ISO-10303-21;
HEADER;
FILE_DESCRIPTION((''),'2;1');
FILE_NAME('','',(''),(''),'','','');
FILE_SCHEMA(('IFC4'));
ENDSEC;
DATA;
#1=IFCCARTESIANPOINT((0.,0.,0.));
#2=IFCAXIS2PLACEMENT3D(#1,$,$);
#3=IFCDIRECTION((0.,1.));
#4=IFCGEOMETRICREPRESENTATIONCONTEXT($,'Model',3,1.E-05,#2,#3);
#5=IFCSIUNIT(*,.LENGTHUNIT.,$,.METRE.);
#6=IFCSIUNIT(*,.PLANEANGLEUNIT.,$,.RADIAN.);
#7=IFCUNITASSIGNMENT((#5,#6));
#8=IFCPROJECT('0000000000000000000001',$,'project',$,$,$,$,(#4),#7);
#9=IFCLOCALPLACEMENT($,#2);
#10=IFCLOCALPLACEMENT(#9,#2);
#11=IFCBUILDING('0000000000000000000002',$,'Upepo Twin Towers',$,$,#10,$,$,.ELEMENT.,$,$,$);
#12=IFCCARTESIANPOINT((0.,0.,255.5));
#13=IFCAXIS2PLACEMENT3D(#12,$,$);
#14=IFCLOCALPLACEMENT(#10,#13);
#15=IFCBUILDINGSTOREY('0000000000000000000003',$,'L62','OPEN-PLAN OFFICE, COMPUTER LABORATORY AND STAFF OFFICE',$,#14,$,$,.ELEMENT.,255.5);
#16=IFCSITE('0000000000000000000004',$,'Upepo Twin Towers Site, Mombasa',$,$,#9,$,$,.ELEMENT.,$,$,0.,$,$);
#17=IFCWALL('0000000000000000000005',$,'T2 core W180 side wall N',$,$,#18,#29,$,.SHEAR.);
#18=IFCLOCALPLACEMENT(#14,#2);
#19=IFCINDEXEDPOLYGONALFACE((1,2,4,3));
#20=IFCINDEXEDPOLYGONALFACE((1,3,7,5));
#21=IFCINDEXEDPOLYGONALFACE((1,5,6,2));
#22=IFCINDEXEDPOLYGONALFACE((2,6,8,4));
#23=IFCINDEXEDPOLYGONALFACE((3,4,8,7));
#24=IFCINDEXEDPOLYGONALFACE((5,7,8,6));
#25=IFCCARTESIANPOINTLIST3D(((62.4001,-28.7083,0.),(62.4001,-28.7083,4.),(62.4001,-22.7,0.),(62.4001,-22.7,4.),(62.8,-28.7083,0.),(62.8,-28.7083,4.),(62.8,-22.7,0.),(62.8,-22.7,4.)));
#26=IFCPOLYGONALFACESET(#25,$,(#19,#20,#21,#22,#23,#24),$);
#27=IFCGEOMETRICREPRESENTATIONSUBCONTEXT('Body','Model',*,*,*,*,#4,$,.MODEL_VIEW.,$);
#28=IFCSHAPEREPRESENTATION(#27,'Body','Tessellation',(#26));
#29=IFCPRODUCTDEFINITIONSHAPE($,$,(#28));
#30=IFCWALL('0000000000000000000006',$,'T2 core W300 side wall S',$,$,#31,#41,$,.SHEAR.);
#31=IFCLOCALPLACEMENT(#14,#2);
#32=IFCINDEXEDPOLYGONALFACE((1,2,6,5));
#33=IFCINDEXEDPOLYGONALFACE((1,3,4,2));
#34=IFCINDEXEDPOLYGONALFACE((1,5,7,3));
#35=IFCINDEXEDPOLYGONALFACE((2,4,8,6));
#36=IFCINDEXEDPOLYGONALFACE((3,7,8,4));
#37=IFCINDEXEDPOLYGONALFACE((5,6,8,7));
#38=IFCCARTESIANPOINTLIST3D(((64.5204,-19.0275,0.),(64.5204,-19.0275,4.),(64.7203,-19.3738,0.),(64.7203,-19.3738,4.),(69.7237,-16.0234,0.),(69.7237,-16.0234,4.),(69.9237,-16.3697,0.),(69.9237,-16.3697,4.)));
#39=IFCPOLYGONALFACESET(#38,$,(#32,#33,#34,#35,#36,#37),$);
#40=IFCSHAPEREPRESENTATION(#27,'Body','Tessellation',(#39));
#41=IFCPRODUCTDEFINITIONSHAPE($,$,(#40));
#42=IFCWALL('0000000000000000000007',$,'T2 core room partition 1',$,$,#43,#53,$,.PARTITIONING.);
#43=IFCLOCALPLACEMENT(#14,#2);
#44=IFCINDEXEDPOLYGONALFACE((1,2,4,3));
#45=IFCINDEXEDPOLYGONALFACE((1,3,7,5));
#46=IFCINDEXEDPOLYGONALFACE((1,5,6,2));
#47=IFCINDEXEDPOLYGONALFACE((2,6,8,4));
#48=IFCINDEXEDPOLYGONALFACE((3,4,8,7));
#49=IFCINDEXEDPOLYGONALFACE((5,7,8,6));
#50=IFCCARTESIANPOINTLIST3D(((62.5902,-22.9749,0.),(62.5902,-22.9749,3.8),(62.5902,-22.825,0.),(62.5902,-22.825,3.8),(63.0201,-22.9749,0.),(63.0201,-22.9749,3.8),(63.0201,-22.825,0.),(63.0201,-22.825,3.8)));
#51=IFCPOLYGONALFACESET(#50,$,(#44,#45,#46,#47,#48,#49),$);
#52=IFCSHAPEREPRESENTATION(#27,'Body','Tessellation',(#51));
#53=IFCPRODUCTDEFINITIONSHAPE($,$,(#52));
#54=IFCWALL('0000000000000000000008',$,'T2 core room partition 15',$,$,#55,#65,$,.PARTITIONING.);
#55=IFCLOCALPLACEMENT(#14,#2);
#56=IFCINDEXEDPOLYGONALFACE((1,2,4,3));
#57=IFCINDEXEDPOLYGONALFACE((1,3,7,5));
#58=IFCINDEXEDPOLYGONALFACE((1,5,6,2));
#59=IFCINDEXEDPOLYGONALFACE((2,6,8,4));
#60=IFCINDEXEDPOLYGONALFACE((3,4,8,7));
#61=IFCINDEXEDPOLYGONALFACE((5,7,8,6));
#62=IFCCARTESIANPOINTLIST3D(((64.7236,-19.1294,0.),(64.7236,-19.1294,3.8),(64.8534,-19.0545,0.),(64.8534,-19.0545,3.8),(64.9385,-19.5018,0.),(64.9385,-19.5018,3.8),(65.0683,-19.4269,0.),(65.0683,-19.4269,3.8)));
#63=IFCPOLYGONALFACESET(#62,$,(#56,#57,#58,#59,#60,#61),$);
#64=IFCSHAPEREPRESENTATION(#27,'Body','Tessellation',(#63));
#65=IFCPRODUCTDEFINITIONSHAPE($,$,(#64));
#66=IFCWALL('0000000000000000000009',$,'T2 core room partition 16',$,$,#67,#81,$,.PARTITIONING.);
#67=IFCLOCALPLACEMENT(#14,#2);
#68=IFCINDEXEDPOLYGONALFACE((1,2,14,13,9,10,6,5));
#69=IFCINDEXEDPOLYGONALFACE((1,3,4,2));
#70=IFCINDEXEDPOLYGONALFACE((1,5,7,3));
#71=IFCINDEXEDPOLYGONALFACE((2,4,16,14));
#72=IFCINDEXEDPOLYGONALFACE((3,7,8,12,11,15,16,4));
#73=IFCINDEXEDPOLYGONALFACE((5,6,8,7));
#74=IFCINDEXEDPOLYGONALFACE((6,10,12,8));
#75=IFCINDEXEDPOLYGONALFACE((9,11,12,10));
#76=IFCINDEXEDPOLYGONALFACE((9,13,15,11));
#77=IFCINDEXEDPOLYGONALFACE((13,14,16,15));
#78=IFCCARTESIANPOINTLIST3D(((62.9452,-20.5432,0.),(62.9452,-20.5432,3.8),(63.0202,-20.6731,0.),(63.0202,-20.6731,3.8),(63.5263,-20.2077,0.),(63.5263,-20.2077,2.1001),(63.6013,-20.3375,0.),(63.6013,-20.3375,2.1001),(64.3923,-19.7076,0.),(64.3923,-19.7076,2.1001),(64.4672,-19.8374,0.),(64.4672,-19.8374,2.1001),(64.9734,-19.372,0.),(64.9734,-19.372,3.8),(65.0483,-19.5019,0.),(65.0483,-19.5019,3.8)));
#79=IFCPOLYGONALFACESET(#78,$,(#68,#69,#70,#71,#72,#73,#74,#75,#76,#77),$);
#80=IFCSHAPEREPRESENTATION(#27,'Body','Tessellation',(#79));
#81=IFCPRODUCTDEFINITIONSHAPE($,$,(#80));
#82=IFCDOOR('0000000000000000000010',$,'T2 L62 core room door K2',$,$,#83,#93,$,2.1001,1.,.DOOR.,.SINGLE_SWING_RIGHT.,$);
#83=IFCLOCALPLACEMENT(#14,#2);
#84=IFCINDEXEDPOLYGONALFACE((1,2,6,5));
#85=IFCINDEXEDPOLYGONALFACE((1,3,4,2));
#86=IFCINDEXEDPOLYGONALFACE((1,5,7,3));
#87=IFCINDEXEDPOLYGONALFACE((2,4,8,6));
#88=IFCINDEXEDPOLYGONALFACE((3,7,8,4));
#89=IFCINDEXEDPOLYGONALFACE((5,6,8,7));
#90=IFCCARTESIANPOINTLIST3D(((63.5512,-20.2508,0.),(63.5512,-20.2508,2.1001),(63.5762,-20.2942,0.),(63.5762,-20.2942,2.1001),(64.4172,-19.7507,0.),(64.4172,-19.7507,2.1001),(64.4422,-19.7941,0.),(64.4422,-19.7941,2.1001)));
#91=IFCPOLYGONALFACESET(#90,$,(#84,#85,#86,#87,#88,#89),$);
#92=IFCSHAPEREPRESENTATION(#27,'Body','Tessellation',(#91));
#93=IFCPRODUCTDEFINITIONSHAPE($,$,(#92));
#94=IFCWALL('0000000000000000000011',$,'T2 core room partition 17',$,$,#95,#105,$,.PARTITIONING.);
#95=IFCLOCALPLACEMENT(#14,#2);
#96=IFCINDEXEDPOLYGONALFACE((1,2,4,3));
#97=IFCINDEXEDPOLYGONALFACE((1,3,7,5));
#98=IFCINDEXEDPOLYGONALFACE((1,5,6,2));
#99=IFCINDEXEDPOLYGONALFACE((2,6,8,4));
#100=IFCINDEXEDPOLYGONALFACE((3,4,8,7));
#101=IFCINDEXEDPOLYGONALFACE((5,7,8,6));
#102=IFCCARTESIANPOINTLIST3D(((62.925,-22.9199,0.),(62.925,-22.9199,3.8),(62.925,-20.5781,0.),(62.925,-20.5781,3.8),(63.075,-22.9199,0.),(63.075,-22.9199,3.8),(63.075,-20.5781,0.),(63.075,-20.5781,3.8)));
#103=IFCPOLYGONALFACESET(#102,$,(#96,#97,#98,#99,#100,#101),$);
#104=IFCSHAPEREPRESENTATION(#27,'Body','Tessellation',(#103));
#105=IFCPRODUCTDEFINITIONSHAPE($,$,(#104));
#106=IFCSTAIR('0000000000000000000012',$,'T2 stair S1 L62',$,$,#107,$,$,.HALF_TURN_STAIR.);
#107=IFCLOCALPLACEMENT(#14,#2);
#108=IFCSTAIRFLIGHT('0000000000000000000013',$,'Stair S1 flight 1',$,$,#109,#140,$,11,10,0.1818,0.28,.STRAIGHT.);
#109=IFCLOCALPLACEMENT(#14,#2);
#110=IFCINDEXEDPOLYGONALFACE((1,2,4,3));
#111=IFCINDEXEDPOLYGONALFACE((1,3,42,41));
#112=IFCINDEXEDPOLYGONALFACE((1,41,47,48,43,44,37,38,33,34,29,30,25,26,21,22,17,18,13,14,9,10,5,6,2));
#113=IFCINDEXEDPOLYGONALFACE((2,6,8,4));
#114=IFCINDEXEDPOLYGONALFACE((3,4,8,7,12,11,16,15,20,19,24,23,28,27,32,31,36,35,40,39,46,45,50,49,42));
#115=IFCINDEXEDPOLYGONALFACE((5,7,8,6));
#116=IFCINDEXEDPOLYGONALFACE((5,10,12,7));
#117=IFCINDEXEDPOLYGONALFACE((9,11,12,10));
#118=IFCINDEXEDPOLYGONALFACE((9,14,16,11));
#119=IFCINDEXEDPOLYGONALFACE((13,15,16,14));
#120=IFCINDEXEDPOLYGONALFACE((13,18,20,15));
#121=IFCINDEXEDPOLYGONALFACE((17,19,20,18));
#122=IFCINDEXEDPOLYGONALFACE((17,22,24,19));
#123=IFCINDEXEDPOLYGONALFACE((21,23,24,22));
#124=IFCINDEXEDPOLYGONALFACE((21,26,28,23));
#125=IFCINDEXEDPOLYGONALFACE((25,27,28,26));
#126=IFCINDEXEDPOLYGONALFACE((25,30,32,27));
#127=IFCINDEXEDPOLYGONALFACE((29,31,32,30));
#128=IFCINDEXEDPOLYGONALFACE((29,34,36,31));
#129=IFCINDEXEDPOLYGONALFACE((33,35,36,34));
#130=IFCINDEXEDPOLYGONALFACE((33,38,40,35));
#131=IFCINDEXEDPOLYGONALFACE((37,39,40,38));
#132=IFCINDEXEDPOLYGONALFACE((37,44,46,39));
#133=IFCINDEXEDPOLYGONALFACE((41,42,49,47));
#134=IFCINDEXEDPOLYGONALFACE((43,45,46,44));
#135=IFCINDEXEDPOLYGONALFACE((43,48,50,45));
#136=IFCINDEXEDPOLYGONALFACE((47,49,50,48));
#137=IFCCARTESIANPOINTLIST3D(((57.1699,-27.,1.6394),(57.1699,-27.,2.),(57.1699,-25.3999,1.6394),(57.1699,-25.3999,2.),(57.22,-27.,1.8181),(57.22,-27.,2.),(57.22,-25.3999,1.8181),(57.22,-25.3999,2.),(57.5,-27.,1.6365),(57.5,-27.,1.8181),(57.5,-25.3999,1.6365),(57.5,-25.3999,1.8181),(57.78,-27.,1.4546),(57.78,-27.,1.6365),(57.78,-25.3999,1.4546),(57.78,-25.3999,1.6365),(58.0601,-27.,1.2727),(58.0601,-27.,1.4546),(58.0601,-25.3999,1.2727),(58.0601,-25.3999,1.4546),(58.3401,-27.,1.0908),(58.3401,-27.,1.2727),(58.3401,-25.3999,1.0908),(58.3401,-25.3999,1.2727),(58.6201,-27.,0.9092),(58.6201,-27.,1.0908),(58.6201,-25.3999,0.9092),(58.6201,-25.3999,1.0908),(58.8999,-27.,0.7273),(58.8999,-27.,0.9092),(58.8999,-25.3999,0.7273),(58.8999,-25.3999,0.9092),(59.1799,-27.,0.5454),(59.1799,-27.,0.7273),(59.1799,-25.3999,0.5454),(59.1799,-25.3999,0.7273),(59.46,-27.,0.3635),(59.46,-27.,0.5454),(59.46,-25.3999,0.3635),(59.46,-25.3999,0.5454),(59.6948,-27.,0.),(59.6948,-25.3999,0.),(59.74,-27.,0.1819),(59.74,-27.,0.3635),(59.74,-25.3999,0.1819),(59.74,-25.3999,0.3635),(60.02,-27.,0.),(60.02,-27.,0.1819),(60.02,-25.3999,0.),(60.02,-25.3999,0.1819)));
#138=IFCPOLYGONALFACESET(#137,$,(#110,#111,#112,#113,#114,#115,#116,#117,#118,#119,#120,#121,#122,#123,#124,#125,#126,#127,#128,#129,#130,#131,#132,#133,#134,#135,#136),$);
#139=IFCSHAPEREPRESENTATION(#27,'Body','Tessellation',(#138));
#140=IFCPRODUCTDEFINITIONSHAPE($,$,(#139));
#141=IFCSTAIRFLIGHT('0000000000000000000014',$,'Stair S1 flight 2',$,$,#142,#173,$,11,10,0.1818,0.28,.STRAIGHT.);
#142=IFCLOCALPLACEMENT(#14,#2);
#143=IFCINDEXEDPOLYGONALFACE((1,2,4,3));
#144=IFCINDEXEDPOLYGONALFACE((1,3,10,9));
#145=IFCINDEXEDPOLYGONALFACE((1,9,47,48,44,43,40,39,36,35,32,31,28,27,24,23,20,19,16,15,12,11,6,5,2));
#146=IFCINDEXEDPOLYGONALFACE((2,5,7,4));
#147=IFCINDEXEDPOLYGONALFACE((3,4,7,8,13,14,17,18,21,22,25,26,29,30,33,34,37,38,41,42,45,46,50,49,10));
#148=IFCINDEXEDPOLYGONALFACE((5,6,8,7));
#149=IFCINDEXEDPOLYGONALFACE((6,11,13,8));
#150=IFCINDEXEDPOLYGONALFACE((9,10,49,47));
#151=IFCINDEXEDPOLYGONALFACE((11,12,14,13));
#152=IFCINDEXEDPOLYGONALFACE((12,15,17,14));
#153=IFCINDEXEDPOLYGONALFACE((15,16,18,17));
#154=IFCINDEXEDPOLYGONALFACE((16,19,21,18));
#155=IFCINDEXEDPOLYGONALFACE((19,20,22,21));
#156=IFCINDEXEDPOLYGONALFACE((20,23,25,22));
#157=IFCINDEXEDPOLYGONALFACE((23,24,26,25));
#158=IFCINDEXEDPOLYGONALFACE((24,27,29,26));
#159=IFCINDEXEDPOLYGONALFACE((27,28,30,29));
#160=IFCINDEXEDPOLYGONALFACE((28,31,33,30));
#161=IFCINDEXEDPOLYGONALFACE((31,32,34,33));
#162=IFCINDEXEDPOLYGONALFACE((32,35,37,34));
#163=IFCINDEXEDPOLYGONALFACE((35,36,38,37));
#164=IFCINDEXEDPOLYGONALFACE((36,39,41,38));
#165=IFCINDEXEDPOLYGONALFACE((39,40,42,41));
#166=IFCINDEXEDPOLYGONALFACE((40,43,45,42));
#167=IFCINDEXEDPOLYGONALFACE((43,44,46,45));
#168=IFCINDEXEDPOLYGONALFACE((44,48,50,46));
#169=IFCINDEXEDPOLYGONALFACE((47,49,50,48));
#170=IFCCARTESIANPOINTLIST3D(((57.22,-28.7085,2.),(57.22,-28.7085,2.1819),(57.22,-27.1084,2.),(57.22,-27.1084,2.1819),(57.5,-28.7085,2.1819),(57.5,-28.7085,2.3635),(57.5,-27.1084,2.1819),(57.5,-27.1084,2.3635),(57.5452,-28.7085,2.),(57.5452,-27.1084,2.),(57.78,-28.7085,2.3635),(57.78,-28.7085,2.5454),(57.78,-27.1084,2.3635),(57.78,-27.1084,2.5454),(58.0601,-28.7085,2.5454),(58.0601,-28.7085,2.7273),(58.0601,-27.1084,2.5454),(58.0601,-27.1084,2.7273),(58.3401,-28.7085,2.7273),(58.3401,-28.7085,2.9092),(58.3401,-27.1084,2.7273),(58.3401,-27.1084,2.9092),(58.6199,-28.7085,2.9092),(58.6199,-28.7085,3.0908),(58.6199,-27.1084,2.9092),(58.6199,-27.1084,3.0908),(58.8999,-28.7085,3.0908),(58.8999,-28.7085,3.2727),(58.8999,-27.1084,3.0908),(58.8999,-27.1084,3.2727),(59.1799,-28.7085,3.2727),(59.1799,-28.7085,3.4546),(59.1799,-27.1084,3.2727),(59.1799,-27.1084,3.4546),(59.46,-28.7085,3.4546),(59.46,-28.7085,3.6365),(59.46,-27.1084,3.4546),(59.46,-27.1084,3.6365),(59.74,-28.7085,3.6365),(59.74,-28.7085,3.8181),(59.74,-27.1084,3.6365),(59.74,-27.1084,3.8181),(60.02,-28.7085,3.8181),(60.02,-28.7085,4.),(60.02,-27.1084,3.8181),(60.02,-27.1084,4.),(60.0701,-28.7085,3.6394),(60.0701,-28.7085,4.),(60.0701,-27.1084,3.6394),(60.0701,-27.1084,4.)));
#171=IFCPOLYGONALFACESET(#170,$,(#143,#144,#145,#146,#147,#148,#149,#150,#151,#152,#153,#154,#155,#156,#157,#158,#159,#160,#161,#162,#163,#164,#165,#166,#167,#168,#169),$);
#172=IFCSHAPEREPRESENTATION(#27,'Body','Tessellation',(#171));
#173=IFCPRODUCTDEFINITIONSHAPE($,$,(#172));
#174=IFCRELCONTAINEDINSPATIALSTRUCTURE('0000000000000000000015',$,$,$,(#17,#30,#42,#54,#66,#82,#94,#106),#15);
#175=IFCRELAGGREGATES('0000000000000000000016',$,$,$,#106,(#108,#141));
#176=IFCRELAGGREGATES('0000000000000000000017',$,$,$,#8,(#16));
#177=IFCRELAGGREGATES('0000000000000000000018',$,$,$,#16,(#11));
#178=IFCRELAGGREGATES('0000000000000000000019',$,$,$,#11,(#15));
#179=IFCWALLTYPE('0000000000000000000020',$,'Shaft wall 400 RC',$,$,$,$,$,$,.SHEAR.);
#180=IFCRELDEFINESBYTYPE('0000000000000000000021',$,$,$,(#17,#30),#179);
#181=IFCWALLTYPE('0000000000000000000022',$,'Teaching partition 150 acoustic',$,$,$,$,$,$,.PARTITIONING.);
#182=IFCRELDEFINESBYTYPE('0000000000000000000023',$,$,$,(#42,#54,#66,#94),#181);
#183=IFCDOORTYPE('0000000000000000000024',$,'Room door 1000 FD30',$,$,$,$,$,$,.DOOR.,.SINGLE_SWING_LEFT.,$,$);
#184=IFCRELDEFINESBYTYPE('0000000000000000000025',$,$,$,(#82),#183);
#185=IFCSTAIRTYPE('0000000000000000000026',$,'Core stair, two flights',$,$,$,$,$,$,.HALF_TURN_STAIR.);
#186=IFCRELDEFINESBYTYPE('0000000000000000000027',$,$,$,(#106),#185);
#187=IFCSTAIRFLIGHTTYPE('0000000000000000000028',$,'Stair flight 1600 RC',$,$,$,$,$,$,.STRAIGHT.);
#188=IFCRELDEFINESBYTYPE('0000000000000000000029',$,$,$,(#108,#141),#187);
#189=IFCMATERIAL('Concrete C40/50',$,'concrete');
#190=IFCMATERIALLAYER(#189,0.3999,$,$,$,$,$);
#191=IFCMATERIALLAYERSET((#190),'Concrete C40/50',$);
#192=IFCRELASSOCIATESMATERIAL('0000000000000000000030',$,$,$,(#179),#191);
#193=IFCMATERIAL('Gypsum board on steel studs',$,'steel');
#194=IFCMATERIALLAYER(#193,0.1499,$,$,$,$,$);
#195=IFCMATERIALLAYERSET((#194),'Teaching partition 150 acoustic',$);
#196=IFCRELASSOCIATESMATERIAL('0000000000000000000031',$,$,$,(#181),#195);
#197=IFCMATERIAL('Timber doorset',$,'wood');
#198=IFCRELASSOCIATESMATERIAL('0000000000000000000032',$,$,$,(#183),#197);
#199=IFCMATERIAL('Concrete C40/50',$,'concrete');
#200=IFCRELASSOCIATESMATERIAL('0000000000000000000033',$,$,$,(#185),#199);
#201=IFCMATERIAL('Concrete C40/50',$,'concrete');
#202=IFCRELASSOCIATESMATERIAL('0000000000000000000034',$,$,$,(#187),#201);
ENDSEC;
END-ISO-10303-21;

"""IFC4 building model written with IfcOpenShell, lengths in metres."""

from ifc_helpers import new_model, si_unit, direction, frame, frame_2d, origin, place, context, subcontext, project, spatial, polyline, rectangle, outline, extrude, material, layer, layer_set, type_object, element, fill, aggregate, save


model = new_model("IFC4")

# Units and contexts
model_context = context("Model", 3, precision=1e-05, world=origin(), true_north=direction((0.0, 1.0)))
body_context = subcontext(model_context, "Body", "Model", "MODEL_VIEW")
ifc_project = project(units=[si_unit("LENGTHUNIT", "METRE"), si_unit("PLANEANGLEUNIT", "RADIAN")], contexts=[model_context])

# Site, building, storey
site_placement = place(None, origin())
site = spatial("IfcSite", under=ifc_project, at=site_placement, Name="Upepo Twin Towers Site, Mombasa", CompositionType="ELEMENT", RefElevation=0.0)
building_placement = place(site_placement, origin())
building = spatial("IfcBuilding", under=site, at=building_placement, Name="Upepo Twin Towers", CompositionType="ELEMENT")
storey_placement = place(building_placement, frame((0.0, 0.0, 255.5)))
storey = spatial("IfcBuildingStorey", under=building, at=storey_placement, Name="L62", Description="OPEN-PLAN OFFICE, COMPUTER LABORATORY AND STAFF OFFICE", CompositionType="ELEMENT", Elevation=255.5)

# Walls
ifc_material_1 = material(Name="Concrete C40/50", Category="concrete")
ifc_layer_1 = layer(ifc_material_1, 0.3999)
ifc_layer_set_1 = layer_set([ifc_layer_1], Name="Concrete C40/50")
wall_type_1 = type_object("IfcWallType", Name="Shaft wall 400 RC", PredefinedType="SHEAR", material=ifc_layer_set_1)
for number, where, z_axis, x_axis, name in (
    (1, (62.6001, -22.7, 0.0), (0.0, 0.0, 1.0), (0.0, -1.0, 0.0), "T2 core W180 side wall N"),
    (2, (64.6204, -19.2007, 0.0), (0.0, 0.0, 1.0), (0.866027, 0.499998, 0.0), "T2 core W300 side wall S"),
):
    element("IfcWall", number, at=place(storey_placement, frame(where, z_axis=z_axis, x_axis=x_axis)), inside=storey, type_object=wall_type_1, Name=name, PredefinedType="SHEAR", context=body_context, shape_type="SweptSolid", body=[
        extrude(rectangle(XDim=6.0083, YDim=0.3999, at=frame_2d((3.0042, 0.0))), origin(), (0.0, 0.0, 1.0), 4.0),
    ])
ifc_material_2 = material(Name="Gypsum board on steel studs", Category="steel")
ifc_layer_2 = layer(ifc_material_2, 0.1499)
ifc_layer_set_2 = layer_set([ifc_layer_2], Name="Teaching partition 150 acoustic")
wall_type_2 = type_object("IfcWallType", Name="Teaching partition 150 acoustic", PredefinedType="PARTITIONING", material=ifc_layer_set_2)
for number, where, z_axis, x_axis, name in (
    (3, (63.02, -22.8999, 0.0), (0.0, 0.0, 1.0), (-1.0, 0.0, 0.0), "T2 core room partition 1"),
    (4, (64.7886, -19.092, 0.0), (0.0, 0.0, 1.0), (0.499804, -0.866138, 0.0), "T2 core room partition 15"),
):
    element("IfcWall", number, at=place(storey_placement, frame(where, z_axis=z_axis, x_axis=x_axis)), inside=storey, type_object=wall_type_2, Name=name, PredefinedType="PARTITIONING", context=body_context, shape_type="SweptSolid", body=[
        extrude(rectangle(XDim=0.4299, YDim=0.1499, at=frame_2d((0.2148, 0.0))), origin(), (0.0, 0.0, 1.0), 3.8),
    ])

# Wall, opening, door
wall_1_placement = place(storey_placement, frame((65.0107, -19.437, 0.0), z_axis=(0.0, 0.0, 1.0), x_axis=(-0.865982, -0.500074, 0.0)))
wall_1 = element("IfcWall", 5, at=wall_1_placement, inside=storey, type_object=wall_type_2, Name="T2 core room partition 16", PredefinedType="PARTITIONING", context=body_context, shape_type="SweptSolid", body=[
    extrude(rectangle(XDim=2.342, YDim=0.1499, at=frame_2d((1.1709, 0.0))), origin(), (0.0, 0.0, 1.0), 3.8),
])
opening_1_placement = place(wall_1_placement, frame((0.6709, 0.0, 0.0)))
opening_1 = element("IfcOpeningElement", 6, at=opening_1_placement, cuts=wall_1, PredefinedType="OPENING", context=body_context, shape_type="SweptSolid", body=[
    extrude(rectangle(XDim=1.0, YDim=2.1001, at=frame_2d((0.5, 1.05))), frame((0.0, 0.085, 0.0), z_axis=(0.0, -1.0, 0.0), x_axis=(1.0, 0.0, 0.0)), (0.0, 0.0, 1.0), 0.1699),
])
ifc_material_3 = material(Name="Timber doorset", Category="wood")
door_type_1 = type_object("IfcDoorType", Name="Room door 1000 FD30", OperationType="SINGLE_SWING_LEFT", PredefinedType="DOOR", material=ifc_material_3)
door_1_placement = place(opening_1_placement, origin())
door_1 = element("IfcDoor", 7, at=door_1_placement, inside=storey, type_object=door_type_1, Name="T2 L62 core room door K2", OperationType="SINGLE_SWING_RIGHT", OverallHeight=2.1001, OverallWidth=1.0, PredefinedType="DOOR", context=body_context, shape_type="SweptSolid", body=[
    extrude(rectangle(XDim=1.0, YDim=2.1001, at=frame_2d((0.5, 1.05))), frame((0.0, 0.0249, 0.0), z_axis=(0.0, -1.0, 0.0), x_axis=(1.0, 0.0, 0.0)), (0.0, 0.0, 1.0), 0.05),
])
fill(opening_1, door_1)

# Wall
wall_2_placement = place(storey_placement, frame((63.0, -20.5781, 0.0), z_axis=(0.0, 0.0, 1.0), x_axis=(0.0, -1.0, 0.0)))
element("IfcWall", 8, at=wall_2_placement, inside=storey, type_object=wall_type_2, Name="T2 core room partition 17", PredefinedType="PARTITIONING", context=body_context, shape_type="SweptSolid", body=[
    extrude(rectangle(XDim=2.3418, YDim=0.1499, at=frame_2d((1.1709, 0.0))), origin(), (0.0, 0.0, 1.0), 3.8),
])

# Stair, stair flights
ifc_material_4 = material(Name="Concrete C40/50", Category="concrete")
stair_type = type_object("IfcStairType", Name="Core stair, two flights", PredefinedType="HALF_TURN_STAIR", material=ifc_material_4)
stair_placement = place(storey_placement, origin())
stair = element("IfcStair", 9, at=stair_placement, inside=storey, type_object=stair_type, Name="T2 stair S1 L62", PredefinedType="HALF_TURN_STAIR")
ifc_material_5 = material(Name="Concrete C40/50", Category="concrete")
stair_flight_type = type_object("IfcStairFlightType", Name="Stair flight 1600 RC", PredefinedType="STRAIGHT", material=ifc_material_5)
stair_flight_1_placement = place(storey_placement, frame((60.02, -26.2, 0.0), z_axis=(0.0, 0.0, 1.0), x_axis=(-1.0, 0.0, 0.0)))
stair_flight_1 = element("IfcStairFlight", 10, at=stair_flight_1_placement, type_object=stair_flight_type, Name="Stair S1 flight 1", NumberOfRisers=11, NumberOfTreads=10, PredefinedType="STRAIGHT", RiserHeight=0.1818, TreadLength=0.28, context=body_context, shape_type="SweptSolid", body=[
    extrude(outline(polyline([(0.0, 0.0), (0.0, 0.1819), (0.28, 0.1819), (0.28, 0.3635), (0.5601, 0.3635), (0.5601, 0.5454), (0.8401, 0.5454), (0.8401, 0.7273), (1.1201, 0.7273), (1.1201, 0.9092), (1.3999, 0.9092), (1.3999, 1.0908), (1.6799, 1.0908), (1.6799, 1.2727), (1.96, 1.2727), (1.96, 1.4546), (2.24, 1.4546), (2.24, 1.6365), (2.52, 1.6365), (2.52, 1.8181), (2.8, 1.8181), (2.8, 2.0), (2.8501, 2.0), (2.8501, 1.6394), (0.3252, 0.0), (0.0, 0.0)])), frame((0.0, 0.8, 0.0), z_axis=(0.0, -1.0, 0.0), x_axis=(1.0, 0.0, 0.0)), (0.0, 0.0, 1.0), 1.6001),
])
stair_flight_2_placement = place(storey_placement, frame((57.22, -27.9084, 2.0), z_axis=(0.0, 0.0, 1.0), x_axis=(1.0, 0.0, 0.0)))
stair_flight_2 = element("IfcStairFlight", 11, at=stair_flight_2_placement, type_object=stair_flight_type, Name="Stair S1 flight 2", NumberOfRisers=11, NumberOfTreads=10, PredefinedType="STRAIGHT", RiserHeight=0.1818, TreadLength=0.28, context=body_context, shape_type="SweptSolid", body=[
    extrude(outline(polyline([(0.0, 0.0), (0.0, 0.1819), (0.28, 0.1819), (0.28, 0.3635), (0.5601, 0.3635), (0.5601, 0.5454), (0.8401, 0.5454), (0.8401, 0.7273), (1.1201, 0.7273), (1.1201, 0.9092), (1.3999, 0.9092), (1.3999, 1.0908), (1.6799, 1.0908), (1.6799, 1.2727), (1.96, 1.2727), (1.96, 1.4546), (2.24, 1.4546), (2.24, 1.6365), (2.52, 1.6365), (2.52, 1.8181), (2.8, 1.8181), (2.8, 2.0), (2.8501, 2.0), (2.8501, 1.6394), (0.3252, 0.0), (0.0, 0.0)])), frame((0.0, 0.8, 0.0), z_axis=(0.0, -1.0, 0.0), x_axis=(1.0, 0.0, 0.0)), (0.0, 0.0, 1.0), 1.6001),
])
aggregate(stair, [stair_flight_1, stair_flight_2])

save(model, "model.ifc")
